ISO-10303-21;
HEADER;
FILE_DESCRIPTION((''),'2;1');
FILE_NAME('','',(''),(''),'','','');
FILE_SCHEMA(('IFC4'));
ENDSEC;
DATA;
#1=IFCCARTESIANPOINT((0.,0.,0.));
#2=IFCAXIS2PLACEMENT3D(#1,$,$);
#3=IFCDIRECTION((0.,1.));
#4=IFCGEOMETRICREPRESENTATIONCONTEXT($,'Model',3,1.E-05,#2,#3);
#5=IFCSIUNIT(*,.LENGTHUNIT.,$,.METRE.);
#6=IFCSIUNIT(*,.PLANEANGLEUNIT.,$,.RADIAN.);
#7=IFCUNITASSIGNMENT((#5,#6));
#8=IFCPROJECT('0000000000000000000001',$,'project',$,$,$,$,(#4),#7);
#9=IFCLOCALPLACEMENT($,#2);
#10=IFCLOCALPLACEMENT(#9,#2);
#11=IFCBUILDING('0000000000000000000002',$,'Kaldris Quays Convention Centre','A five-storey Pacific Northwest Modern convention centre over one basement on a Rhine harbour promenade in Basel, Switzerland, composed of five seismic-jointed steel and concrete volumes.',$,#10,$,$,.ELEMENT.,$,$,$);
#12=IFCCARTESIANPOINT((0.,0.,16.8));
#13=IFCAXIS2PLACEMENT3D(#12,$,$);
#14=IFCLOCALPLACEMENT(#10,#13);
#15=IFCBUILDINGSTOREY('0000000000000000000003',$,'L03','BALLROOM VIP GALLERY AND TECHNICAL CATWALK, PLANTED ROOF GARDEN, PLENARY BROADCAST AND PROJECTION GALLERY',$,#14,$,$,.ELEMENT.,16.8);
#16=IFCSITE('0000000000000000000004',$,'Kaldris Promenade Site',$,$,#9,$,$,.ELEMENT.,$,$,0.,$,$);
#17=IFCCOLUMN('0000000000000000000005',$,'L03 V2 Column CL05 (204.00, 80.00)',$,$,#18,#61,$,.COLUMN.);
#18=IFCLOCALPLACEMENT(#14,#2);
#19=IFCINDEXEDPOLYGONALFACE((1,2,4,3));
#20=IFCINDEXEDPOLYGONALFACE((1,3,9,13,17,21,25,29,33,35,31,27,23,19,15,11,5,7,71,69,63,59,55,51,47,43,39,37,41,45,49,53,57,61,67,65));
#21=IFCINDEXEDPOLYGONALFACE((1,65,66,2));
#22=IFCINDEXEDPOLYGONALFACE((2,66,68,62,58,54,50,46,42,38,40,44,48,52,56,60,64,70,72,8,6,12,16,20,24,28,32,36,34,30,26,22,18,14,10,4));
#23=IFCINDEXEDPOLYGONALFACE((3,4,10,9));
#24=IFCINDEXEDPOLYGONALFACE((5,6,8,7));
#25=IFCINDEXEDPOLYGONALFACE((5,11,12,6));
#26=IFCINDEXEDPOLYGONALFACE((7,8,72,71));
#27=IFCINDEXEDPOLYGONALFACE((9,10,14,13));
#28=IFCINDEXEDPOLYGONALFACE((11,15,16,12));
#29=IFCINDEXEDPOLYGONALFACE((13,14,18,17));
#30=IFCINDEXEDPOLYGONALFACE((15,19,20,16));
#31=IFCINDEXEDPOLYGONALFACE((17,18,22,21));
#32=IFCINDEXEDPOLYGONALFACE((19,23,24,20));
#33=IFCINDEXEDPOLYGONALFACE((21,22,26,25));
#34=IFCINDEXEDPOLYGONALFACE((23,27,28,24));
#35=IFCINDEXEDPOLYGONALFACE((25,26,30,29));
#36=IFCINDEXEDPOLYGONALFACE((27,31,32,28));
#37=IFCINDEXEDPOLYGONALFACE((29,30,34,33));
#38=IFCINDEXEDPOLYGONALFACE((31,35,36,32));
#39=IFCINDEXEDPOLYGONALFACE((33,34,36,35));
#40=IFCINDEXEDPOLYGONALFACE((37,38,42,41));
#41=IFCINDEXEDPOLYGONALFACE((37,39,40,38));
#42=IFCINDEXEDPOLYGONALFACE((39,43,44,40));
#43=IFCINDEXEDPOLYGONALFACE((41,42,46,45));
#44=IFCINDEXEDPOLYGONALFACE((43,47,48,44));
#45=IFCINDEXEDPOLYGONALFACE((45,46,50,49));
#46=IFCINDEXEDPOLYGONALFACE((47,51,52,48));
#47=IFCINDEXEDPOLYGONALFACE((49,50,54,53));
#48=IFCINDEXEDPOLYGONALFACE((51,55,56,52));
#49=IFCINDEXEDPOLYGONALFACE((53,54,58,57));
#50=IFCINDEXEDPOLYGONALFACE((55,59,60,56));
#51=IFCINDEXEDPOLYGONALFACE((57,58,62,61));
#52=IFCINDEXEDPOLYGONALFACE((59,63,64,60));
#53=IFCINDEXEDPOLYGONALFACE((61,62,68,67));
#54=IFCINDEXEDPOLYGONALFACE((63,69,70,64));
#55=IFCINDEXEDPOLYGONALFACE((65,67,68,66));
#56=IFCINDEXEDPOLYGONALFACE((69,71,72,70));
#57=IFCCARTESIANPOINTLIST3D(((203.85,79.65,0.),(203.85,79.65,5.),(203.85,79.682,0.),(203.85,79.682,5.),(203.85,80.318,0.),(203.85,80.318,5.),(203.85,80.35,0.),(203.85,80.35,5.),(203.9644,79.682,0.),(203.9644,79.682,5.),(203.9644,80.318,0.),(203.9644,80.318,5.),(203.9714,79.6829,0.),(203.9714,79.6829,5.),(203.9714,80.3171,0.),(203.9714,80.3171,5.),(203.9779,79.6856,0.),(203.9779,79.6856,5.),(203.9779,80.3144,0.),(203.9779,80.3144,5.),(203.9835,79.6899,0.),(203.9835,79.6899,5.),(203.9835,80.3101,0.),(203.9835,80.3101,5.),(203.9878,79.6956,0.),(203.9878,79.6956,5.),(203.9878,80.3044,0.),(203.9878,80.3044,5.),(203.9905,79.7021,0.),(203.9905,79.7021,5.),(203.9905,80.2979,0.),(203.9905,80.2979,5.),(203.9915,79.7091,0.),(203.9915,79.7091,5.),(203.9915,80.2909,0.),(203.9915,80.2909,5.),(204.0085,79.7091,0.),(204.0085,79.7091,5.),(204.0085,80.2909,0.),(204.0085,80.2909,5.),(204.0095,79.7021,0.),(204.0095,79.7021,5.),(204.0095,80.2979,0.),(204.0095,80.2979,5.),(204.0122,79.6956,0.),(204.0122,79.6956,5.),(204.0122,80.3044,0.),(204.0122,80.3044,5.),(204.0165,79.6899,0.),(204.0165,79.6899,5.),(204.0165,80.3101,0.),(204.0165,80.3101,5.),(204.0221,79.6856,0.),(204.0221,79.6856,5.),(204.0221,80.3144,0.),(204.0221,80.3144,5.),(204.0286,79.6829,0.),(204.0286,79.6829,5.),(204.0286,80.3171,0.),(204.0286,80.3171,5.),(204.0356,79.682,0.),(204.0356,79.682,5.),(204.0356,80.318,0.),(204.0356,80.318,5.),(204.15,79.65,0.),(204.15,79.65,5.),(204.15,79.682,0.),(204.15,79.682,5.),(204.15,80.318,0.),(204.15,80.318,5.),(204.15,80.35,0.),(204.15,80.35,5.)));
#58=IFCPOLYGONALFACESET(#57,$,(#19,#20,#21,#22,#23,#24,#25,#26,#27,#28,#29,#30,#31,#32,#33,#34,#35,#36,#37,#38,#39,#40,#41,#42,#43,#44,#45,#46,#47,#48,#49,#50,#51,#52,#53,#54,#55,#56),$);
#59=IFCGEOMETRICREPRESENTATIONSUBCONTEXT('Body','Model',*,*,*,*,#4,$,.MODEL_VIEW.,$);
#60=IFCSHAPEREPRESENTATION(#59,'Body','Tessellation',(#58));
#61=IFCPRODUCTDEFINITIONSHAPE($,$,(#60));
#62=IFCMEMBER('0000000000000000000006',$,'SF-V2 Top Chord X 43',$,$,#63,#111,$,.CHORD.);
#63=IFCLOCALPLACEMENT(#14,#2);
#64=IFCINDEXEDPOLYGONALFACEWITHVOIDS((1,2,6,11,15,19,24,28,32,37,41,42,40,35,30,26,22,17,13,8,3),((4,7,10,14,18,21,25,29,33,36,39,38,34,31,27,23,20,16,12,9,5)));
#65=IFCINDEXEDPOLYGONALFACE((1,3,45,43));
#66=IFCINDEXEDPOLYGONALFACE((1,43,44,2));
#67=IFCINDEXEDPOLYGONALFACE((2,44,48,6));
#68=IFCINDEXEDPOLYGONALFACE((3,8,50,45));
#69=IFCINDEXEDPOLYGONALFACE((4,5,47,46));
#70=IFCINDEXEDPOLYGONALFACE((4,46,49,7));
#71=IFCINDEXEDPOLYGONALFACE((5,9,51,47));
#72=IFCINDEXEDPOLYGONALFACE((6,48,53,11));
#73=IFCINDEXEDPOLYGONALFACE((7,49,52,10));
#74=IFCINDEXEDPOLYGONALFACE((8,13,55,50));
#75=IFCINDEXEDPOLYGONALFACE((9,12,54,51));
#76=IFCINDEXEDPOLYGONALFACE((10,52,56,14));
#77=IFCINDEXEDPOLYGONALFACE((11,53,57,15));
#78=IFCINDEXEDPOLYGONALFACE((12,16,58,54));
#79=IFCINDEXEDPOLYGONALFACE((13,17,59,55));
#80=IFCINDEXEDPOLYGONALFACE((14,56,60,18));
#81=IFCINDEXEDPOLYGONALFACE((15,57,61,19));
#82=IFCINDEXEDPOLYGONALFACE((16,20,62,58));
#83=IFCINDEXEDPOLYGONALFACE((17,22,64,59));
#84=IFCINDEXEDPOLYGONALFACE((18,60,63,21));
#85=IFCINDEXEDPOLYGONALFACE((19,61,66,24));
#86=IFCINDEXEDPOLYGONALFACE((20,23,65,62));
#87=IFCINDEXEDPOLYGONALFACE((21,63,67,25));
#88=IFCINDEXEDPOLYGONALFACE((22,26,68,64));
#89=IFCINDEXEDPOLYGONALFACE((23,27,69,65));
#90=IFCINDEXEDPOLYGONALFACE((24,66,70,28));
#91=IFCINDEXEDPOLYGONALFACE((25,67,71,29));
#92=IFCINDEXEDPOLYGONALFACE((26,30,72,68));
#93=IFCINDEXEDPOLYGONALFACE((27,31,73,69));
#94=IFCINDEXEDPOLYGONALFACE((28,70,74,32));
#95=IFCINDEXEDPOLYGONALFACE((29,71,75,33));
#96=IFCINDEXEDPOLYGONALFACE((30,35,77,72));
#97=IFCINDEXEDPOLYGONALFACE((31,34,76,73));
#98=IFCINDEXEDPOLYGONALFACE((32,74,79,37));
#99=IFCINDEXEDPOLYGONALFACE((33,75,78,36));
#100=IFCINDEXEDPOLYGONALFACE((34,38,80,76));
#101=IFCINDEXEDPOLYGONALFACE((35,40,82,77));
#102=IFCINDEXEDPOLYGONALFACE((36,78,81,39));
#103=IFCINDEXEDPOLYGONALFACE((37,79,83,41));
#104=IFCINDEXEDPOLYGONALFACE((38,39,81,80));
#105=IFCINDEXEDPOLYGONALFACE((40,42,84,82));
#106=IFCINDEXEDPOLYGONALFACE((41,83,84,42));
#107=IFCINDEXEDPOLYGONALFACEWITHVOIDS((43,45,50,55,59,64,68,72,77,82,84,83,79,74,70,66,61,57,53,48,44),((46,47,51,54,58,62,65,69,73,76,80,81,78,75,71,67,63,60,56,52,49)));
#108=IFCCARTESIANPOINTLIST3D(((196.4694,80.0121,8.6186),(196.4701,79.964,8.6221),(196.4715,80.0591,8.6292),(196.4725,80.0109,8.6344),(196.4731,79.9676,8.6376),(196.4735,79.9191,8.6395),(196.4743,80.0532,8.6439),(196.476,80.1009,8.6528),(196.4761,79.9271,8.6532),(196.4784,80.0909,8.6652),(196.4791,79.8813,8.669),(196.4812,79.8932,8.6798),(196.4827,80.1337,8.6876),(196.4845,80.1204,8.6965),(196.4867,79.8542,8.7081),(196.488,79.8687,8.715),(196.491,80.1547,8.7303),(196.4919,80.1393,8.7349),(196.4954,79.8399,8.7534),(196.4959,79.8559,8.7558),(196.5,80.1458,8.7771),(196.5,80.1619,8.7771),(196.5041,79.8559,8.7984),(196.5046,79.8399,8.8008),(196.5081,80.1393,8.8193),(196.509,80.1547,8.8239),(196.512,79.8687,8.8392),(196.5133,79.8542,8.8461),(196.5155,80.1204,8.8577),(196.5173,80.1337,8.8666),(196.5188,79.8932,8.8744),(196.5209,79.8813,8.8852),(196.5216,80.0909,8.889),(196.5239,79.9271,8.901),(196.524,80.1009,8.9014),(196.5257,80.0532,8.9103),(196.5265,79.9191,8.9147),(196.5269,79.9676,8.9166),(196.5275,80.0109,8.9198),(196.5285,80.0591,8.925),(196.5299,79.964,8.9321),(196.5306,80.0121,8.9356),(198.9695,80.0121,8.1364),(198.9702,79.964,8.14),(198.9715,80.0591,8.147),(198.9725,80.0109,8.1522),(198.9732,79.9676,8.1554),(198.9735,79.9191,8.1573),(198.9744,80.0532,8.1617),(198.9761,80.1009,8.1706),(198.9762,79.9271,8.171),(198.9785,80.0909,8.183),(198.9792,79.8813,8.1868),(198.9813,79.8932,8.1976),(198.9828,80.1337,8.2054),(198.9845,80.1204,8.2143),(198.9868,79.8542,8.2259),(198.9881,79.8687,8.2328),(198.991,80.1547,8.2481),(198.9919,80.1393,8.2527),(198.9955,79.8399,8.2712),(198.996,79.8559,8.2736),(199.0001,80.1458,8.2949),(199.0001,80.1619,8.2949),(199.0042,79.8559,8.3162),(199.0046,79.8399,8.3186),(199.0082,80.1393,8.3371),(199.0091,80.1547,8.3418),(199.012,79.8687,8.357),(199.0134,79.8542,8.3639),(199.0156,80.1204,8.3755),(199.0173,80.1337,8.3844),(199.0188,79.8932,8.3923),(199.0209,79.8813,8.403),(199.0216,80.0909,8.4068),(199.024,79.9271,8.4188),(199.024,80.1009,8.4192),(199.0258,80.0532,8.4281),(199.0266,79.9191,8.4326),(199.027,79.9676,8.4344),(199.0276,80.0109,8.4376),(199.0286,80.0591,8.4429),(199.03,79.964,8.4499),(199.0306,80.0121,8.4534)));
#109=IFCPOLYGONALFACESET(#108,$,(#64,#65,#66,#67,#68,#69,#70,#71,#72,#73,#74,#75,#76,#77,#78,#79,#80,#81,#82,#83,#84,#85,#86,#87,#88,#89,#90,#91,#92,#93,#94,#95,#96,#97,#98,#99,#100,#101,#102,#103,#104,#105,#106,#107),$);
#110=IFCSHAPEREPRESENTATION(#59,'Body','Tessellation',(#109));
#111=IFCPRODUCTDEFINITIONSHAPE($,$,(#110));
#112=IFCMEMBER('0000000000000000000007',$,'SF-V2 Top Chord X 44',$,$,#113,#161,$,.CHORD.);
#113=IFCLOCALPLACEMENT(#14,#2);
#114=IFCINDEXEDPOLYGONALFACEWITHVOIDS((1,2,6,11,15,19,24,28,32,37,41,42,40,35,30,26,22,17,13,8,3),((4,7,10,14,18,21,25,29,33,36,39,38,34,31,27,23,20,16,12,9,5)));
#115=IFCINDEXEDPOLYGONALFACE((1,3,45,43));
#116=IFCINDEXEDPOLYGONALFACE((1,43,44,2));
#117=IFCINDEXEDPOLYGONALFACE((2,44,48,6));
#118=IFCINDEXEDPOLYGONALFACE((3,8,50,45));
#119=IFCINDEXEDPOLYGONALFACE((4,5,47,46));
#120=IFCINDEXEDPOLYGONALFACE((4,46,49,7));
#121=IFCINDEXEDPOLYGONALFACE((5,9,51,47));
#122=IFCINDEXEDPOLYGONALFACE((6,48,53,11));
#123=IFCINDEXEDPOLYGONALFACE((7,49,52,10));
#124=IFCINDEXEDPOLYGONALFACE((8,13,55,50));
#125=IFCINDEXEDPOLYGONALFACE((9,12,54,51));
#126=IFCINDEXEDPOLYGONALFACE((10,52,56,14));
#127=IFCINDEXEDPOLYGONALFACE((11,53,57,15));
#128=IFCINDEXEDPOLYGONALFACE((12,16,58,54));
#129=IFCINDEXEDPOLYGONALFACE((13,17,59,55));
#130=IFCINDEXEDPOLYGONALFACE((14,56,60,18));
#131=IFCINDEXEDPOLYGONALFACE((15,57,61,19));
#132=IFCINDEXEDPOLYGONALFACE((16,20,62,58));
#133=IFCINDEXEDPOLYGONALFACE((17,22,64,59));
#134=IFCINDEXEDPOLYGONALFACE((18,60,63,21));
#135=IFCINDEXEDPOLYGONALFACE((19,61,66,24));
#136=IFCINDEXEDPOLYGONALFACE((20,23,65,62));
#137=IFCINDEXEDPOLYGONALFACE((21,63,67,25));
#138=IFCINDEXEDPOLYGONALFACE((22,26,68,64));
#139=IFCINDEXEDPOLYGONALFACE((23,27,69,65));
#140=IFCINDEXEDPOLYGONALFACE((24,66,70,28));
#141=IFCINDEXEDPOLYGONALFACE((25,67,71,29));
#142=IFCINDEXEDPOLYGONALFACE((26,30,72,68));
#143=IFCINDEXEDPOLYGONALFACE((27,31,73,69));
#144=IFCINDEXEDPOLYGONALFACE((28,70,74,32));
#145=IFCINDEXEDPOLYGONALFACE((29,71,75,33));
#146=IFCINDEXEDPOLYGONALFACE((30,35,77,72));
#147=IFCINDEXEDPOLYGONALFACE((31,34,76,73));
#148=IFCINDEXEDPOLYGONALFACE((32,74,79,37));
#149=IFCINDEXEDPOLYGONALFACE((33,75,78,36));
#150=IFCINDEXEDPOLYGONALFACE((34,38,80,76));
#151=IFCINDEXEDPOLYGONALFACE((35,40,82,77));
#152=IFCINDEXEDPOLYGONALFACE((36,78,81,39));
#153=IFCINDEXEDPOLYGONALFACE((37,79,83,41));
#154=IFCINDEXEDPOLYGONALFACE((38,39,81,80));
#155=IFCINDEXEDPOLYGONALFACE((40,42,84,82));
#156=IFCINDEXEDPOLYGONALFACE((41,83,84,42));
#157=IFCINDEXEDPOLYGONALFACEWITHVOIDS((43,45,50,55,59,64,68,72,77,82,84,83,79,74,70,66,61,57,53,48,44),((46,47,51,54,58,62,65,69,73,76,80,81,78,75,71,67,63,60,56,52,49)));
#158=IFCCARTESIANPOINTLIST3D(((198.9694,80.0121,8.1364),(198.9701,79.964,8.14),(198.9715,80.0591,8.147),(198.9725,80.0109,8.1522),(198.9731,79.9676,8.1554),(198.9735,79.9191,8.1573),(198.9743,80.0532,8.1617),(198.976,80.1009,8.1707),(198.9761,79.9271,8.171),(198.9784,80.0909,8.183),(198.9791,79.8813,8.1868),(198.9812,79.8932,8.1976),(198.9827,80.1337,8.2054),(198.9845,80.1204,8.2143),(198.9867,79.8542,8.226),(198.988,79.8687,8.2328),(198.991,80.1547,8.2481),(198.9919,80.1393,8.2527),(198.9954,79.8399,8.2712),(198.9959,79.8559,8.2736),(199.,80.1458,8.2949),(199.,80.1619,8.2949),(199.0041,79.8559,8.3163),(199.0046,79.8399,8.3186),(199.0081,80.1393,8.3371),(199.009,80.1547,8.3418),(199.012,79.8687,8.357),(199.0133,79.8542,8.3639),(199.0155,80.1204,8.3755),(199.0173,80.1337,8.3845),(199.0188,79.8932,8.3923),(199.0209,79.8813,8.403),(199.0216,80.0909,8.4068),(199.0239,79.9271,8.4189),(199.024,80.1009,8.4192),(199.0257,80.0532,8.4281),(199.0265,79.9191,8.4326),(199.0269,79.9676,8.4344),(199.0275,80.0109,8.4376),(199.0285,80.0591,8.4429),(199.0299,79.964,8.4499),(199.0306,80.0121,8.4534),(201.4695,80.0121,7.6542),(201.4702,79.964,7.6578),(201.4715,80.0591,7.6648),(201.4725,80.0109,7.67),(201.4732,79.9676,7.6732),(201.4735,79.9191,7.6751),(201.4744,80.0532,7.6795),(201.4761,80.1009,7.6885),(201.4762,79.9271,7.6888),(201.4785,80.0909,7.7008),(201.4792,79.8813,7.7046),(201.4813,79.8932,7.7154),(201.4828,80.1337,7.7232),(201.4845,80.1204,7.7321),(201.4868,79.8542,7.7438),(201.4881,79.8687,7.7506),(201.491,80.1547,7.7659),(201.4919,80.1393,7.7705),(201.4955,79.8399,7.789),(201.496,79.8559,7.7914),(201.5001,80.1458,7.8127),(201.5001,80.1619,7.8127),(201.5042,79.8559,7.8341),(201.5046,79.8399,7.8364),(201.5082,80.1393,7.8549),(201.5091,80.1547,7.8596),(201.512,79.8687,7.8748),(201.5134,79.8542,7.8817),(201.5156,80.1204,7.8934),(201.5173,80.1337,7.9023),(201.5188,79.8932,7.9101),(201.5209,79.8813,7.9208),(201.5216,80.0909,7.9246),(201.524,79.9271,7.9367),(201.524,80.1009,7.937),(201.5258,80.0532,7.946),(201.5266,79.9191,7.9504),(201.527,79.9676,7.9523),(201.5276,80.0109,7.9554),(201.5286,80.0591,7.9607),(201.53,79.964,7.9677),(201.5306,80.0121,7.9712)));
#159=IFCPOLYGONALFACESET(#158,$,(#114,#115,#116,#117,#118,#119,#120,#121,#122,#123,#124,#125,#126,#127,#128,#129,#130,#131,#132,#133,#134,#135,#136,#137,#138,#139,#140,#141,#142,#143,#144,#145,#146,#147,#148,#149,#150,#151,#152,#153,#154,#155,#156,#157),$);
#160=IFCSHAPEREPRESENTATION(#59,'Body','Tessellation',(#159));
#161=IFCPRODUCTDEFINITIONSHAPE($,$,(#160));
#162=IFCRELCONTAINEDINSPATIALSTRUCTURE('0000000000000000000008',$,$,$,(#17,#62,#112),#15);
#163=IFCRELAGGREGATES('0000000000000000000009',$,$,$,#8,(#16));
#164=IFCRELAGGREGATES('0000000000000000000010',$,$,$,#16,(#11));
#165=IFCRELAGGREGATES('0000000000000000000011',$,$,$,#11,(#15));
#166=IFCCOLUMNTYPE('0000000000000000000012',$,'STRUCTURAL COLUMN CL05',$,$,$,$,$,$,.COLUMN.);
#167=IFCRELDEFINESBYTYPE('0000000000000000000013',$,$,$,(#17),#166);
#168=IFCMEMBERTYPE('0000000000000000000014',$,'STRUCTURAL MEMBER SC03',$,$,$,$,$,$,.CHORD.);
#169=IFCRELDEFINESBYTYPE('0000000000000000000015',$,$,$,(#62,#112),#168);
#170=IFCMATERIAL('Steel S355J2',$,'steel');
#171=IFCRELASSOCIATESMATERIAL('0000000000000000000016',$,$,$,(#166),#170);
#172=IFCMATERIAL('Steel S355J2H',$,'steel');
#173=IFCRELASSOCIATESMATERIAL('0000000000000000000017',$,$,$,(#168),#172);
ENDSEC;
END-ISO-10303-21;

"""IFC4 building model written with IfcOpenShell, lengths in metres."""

from ifc_helpers import new_model, si_unit, direction, frame, origin, origin_2d, place, context, subcontext, project, spatial, hollow_circle, i_section, extrude, material, material_profile, profile_set, type_object, element, save


model = new_model("IFC4")

# Units and contexts
model_context = context("Model", 3, precision=1e-05, world=origin(), true_north=direction((0.0, 1.0)))
body_context = subcontext(model_context, "Body", "Model", "MODEL_VIEW")
ifc_project = project(units=[si_unit("LENGTHUNIT", "METRE"), si_unit("PLANEANGLEUNIT", "RADIAN")], contexts=[model_context])

# Site, building, storey
site_placement = place(None, origin())
site = spatial("IfcSite", under=ifc_project, at=site_placement, Name="Kaldris Promenade Site", CompositionType="ELEMENT", RefElevation=0.0)
building_placement = place(site_placement, origin())
building = spatial("IfcBuilding", under=site, at=building_placement, Name="Kaldris Quays Convention Centre", Description="A five-storey Pacific Northwest Modern convention centre over one basement on a Rhine harbour promenade in Basel, Switzerland, composed of five seismic-jointed steel and concrete volumes.", CompositionType="ELEMENT")
storey_placement = place(building_placement, frame((0.0, 0.0, 16.8)))
storey = spatial("IfcBuildingStorey", under=building, at=storey_placement, Name="L03", Description="BALLROOM VIP GALLERY AND TECHNICAL CATWALK, PLANTED ROOF GARDEN, PLENARY BROADCAST AND PROJECTION GALLERY", CompositionType="ELEMENT", Elevation=16.8)

# Column
ifc_material_1 = material(Name="Steel S355J2", Category="steel")
ifc_material_profile_1 = material_profile(ifc_material_1, i_section(OverallWidth=0.3, OverallDepth=0.7, WebThickness=0.0171, FlangeThickness=0.032, FilletRadius=0.0271, at=origin_2d()), Name="HEB 700")
ifc_profile_set_1 = profile_set([ifc_material_profile_1], Name="Steel S355J2")
column_type = type_object("IfcColumnType", Name="STRUCTURAL COLUMN CL05", PredefinedType="COLUMN", material=ifc_profile_set_1)
column_placement = place(storey_placement, frame((204.0, 80.0, 0.0), z_axis=(0.0, 0.0, 1.0), x_axis=(1.0, 0.0, 0.0)))
element("IfcColumn", 1, at=column_placement, inside=storey, type_object=column_type, Name="L03 V2 Column CL05 (204.00, 80.00)", PredefinedType="COLUMN", context=body_context, shape_type="SweptSolid", body=[
    extrude(i_section(OverallWidth=0.3, OverallDepth=0.7, WebThickness=0.0171, FlangeThickness=0.032, FilletRadius=0.0271, at=origin_2d()), origin(), (0.0, 0.0, 1.0), 5.0),
])

# Members
ifc_material_2 = material(Name="Steel S355J2H", Category="steel")
ifc_material_profile_2 = material_profile(ifc_material_2, hollow_circle(Radius=0.1619, WallThickness=0.0161, at=origin_2d()), Name="CHS 323.9x16")
ifc_profile_set_2 = profile_set([ifc_material_profile_2], Name="Steel S355J2H")
member_type_1 = type_object("IfcMemberType", Name="STRUCTURAL MEMBER SC03", PredefinedType="CHORD", material=ifc_profile_set_2)
for number, where, z_axis, x_axis, name in (
    (2, (196.5, 80.0, 8.7771), (0.981904, 0.0, -0.189381), (0.0, 1.0, 0.0), "SF-V2 Top Chord X 43"),
    (3, (199.0, 80.0, 8.2949), (0.981904, 0.0, -0.189381), (0.0, 1.0, 0.0), "SF-V2 Top Chord X 44"),
):
    element("IfcMember", number, at=place(storey_placement, frame(where, z_axis=z_axis, x_axis=x_axis)), inside=storey, type_object=member_type_1, Name=name, PredefinedType="CHORD", context=body_context, shape_type="SweptSolid", body=[
        extrude(hollow_circle(Radius=0.1619, WallThickness=0.0161, at=origin_2d()), origin(), (0.0, 0.0, 1.0), 2.5461),
    ])

save(model, "model.ifc")
